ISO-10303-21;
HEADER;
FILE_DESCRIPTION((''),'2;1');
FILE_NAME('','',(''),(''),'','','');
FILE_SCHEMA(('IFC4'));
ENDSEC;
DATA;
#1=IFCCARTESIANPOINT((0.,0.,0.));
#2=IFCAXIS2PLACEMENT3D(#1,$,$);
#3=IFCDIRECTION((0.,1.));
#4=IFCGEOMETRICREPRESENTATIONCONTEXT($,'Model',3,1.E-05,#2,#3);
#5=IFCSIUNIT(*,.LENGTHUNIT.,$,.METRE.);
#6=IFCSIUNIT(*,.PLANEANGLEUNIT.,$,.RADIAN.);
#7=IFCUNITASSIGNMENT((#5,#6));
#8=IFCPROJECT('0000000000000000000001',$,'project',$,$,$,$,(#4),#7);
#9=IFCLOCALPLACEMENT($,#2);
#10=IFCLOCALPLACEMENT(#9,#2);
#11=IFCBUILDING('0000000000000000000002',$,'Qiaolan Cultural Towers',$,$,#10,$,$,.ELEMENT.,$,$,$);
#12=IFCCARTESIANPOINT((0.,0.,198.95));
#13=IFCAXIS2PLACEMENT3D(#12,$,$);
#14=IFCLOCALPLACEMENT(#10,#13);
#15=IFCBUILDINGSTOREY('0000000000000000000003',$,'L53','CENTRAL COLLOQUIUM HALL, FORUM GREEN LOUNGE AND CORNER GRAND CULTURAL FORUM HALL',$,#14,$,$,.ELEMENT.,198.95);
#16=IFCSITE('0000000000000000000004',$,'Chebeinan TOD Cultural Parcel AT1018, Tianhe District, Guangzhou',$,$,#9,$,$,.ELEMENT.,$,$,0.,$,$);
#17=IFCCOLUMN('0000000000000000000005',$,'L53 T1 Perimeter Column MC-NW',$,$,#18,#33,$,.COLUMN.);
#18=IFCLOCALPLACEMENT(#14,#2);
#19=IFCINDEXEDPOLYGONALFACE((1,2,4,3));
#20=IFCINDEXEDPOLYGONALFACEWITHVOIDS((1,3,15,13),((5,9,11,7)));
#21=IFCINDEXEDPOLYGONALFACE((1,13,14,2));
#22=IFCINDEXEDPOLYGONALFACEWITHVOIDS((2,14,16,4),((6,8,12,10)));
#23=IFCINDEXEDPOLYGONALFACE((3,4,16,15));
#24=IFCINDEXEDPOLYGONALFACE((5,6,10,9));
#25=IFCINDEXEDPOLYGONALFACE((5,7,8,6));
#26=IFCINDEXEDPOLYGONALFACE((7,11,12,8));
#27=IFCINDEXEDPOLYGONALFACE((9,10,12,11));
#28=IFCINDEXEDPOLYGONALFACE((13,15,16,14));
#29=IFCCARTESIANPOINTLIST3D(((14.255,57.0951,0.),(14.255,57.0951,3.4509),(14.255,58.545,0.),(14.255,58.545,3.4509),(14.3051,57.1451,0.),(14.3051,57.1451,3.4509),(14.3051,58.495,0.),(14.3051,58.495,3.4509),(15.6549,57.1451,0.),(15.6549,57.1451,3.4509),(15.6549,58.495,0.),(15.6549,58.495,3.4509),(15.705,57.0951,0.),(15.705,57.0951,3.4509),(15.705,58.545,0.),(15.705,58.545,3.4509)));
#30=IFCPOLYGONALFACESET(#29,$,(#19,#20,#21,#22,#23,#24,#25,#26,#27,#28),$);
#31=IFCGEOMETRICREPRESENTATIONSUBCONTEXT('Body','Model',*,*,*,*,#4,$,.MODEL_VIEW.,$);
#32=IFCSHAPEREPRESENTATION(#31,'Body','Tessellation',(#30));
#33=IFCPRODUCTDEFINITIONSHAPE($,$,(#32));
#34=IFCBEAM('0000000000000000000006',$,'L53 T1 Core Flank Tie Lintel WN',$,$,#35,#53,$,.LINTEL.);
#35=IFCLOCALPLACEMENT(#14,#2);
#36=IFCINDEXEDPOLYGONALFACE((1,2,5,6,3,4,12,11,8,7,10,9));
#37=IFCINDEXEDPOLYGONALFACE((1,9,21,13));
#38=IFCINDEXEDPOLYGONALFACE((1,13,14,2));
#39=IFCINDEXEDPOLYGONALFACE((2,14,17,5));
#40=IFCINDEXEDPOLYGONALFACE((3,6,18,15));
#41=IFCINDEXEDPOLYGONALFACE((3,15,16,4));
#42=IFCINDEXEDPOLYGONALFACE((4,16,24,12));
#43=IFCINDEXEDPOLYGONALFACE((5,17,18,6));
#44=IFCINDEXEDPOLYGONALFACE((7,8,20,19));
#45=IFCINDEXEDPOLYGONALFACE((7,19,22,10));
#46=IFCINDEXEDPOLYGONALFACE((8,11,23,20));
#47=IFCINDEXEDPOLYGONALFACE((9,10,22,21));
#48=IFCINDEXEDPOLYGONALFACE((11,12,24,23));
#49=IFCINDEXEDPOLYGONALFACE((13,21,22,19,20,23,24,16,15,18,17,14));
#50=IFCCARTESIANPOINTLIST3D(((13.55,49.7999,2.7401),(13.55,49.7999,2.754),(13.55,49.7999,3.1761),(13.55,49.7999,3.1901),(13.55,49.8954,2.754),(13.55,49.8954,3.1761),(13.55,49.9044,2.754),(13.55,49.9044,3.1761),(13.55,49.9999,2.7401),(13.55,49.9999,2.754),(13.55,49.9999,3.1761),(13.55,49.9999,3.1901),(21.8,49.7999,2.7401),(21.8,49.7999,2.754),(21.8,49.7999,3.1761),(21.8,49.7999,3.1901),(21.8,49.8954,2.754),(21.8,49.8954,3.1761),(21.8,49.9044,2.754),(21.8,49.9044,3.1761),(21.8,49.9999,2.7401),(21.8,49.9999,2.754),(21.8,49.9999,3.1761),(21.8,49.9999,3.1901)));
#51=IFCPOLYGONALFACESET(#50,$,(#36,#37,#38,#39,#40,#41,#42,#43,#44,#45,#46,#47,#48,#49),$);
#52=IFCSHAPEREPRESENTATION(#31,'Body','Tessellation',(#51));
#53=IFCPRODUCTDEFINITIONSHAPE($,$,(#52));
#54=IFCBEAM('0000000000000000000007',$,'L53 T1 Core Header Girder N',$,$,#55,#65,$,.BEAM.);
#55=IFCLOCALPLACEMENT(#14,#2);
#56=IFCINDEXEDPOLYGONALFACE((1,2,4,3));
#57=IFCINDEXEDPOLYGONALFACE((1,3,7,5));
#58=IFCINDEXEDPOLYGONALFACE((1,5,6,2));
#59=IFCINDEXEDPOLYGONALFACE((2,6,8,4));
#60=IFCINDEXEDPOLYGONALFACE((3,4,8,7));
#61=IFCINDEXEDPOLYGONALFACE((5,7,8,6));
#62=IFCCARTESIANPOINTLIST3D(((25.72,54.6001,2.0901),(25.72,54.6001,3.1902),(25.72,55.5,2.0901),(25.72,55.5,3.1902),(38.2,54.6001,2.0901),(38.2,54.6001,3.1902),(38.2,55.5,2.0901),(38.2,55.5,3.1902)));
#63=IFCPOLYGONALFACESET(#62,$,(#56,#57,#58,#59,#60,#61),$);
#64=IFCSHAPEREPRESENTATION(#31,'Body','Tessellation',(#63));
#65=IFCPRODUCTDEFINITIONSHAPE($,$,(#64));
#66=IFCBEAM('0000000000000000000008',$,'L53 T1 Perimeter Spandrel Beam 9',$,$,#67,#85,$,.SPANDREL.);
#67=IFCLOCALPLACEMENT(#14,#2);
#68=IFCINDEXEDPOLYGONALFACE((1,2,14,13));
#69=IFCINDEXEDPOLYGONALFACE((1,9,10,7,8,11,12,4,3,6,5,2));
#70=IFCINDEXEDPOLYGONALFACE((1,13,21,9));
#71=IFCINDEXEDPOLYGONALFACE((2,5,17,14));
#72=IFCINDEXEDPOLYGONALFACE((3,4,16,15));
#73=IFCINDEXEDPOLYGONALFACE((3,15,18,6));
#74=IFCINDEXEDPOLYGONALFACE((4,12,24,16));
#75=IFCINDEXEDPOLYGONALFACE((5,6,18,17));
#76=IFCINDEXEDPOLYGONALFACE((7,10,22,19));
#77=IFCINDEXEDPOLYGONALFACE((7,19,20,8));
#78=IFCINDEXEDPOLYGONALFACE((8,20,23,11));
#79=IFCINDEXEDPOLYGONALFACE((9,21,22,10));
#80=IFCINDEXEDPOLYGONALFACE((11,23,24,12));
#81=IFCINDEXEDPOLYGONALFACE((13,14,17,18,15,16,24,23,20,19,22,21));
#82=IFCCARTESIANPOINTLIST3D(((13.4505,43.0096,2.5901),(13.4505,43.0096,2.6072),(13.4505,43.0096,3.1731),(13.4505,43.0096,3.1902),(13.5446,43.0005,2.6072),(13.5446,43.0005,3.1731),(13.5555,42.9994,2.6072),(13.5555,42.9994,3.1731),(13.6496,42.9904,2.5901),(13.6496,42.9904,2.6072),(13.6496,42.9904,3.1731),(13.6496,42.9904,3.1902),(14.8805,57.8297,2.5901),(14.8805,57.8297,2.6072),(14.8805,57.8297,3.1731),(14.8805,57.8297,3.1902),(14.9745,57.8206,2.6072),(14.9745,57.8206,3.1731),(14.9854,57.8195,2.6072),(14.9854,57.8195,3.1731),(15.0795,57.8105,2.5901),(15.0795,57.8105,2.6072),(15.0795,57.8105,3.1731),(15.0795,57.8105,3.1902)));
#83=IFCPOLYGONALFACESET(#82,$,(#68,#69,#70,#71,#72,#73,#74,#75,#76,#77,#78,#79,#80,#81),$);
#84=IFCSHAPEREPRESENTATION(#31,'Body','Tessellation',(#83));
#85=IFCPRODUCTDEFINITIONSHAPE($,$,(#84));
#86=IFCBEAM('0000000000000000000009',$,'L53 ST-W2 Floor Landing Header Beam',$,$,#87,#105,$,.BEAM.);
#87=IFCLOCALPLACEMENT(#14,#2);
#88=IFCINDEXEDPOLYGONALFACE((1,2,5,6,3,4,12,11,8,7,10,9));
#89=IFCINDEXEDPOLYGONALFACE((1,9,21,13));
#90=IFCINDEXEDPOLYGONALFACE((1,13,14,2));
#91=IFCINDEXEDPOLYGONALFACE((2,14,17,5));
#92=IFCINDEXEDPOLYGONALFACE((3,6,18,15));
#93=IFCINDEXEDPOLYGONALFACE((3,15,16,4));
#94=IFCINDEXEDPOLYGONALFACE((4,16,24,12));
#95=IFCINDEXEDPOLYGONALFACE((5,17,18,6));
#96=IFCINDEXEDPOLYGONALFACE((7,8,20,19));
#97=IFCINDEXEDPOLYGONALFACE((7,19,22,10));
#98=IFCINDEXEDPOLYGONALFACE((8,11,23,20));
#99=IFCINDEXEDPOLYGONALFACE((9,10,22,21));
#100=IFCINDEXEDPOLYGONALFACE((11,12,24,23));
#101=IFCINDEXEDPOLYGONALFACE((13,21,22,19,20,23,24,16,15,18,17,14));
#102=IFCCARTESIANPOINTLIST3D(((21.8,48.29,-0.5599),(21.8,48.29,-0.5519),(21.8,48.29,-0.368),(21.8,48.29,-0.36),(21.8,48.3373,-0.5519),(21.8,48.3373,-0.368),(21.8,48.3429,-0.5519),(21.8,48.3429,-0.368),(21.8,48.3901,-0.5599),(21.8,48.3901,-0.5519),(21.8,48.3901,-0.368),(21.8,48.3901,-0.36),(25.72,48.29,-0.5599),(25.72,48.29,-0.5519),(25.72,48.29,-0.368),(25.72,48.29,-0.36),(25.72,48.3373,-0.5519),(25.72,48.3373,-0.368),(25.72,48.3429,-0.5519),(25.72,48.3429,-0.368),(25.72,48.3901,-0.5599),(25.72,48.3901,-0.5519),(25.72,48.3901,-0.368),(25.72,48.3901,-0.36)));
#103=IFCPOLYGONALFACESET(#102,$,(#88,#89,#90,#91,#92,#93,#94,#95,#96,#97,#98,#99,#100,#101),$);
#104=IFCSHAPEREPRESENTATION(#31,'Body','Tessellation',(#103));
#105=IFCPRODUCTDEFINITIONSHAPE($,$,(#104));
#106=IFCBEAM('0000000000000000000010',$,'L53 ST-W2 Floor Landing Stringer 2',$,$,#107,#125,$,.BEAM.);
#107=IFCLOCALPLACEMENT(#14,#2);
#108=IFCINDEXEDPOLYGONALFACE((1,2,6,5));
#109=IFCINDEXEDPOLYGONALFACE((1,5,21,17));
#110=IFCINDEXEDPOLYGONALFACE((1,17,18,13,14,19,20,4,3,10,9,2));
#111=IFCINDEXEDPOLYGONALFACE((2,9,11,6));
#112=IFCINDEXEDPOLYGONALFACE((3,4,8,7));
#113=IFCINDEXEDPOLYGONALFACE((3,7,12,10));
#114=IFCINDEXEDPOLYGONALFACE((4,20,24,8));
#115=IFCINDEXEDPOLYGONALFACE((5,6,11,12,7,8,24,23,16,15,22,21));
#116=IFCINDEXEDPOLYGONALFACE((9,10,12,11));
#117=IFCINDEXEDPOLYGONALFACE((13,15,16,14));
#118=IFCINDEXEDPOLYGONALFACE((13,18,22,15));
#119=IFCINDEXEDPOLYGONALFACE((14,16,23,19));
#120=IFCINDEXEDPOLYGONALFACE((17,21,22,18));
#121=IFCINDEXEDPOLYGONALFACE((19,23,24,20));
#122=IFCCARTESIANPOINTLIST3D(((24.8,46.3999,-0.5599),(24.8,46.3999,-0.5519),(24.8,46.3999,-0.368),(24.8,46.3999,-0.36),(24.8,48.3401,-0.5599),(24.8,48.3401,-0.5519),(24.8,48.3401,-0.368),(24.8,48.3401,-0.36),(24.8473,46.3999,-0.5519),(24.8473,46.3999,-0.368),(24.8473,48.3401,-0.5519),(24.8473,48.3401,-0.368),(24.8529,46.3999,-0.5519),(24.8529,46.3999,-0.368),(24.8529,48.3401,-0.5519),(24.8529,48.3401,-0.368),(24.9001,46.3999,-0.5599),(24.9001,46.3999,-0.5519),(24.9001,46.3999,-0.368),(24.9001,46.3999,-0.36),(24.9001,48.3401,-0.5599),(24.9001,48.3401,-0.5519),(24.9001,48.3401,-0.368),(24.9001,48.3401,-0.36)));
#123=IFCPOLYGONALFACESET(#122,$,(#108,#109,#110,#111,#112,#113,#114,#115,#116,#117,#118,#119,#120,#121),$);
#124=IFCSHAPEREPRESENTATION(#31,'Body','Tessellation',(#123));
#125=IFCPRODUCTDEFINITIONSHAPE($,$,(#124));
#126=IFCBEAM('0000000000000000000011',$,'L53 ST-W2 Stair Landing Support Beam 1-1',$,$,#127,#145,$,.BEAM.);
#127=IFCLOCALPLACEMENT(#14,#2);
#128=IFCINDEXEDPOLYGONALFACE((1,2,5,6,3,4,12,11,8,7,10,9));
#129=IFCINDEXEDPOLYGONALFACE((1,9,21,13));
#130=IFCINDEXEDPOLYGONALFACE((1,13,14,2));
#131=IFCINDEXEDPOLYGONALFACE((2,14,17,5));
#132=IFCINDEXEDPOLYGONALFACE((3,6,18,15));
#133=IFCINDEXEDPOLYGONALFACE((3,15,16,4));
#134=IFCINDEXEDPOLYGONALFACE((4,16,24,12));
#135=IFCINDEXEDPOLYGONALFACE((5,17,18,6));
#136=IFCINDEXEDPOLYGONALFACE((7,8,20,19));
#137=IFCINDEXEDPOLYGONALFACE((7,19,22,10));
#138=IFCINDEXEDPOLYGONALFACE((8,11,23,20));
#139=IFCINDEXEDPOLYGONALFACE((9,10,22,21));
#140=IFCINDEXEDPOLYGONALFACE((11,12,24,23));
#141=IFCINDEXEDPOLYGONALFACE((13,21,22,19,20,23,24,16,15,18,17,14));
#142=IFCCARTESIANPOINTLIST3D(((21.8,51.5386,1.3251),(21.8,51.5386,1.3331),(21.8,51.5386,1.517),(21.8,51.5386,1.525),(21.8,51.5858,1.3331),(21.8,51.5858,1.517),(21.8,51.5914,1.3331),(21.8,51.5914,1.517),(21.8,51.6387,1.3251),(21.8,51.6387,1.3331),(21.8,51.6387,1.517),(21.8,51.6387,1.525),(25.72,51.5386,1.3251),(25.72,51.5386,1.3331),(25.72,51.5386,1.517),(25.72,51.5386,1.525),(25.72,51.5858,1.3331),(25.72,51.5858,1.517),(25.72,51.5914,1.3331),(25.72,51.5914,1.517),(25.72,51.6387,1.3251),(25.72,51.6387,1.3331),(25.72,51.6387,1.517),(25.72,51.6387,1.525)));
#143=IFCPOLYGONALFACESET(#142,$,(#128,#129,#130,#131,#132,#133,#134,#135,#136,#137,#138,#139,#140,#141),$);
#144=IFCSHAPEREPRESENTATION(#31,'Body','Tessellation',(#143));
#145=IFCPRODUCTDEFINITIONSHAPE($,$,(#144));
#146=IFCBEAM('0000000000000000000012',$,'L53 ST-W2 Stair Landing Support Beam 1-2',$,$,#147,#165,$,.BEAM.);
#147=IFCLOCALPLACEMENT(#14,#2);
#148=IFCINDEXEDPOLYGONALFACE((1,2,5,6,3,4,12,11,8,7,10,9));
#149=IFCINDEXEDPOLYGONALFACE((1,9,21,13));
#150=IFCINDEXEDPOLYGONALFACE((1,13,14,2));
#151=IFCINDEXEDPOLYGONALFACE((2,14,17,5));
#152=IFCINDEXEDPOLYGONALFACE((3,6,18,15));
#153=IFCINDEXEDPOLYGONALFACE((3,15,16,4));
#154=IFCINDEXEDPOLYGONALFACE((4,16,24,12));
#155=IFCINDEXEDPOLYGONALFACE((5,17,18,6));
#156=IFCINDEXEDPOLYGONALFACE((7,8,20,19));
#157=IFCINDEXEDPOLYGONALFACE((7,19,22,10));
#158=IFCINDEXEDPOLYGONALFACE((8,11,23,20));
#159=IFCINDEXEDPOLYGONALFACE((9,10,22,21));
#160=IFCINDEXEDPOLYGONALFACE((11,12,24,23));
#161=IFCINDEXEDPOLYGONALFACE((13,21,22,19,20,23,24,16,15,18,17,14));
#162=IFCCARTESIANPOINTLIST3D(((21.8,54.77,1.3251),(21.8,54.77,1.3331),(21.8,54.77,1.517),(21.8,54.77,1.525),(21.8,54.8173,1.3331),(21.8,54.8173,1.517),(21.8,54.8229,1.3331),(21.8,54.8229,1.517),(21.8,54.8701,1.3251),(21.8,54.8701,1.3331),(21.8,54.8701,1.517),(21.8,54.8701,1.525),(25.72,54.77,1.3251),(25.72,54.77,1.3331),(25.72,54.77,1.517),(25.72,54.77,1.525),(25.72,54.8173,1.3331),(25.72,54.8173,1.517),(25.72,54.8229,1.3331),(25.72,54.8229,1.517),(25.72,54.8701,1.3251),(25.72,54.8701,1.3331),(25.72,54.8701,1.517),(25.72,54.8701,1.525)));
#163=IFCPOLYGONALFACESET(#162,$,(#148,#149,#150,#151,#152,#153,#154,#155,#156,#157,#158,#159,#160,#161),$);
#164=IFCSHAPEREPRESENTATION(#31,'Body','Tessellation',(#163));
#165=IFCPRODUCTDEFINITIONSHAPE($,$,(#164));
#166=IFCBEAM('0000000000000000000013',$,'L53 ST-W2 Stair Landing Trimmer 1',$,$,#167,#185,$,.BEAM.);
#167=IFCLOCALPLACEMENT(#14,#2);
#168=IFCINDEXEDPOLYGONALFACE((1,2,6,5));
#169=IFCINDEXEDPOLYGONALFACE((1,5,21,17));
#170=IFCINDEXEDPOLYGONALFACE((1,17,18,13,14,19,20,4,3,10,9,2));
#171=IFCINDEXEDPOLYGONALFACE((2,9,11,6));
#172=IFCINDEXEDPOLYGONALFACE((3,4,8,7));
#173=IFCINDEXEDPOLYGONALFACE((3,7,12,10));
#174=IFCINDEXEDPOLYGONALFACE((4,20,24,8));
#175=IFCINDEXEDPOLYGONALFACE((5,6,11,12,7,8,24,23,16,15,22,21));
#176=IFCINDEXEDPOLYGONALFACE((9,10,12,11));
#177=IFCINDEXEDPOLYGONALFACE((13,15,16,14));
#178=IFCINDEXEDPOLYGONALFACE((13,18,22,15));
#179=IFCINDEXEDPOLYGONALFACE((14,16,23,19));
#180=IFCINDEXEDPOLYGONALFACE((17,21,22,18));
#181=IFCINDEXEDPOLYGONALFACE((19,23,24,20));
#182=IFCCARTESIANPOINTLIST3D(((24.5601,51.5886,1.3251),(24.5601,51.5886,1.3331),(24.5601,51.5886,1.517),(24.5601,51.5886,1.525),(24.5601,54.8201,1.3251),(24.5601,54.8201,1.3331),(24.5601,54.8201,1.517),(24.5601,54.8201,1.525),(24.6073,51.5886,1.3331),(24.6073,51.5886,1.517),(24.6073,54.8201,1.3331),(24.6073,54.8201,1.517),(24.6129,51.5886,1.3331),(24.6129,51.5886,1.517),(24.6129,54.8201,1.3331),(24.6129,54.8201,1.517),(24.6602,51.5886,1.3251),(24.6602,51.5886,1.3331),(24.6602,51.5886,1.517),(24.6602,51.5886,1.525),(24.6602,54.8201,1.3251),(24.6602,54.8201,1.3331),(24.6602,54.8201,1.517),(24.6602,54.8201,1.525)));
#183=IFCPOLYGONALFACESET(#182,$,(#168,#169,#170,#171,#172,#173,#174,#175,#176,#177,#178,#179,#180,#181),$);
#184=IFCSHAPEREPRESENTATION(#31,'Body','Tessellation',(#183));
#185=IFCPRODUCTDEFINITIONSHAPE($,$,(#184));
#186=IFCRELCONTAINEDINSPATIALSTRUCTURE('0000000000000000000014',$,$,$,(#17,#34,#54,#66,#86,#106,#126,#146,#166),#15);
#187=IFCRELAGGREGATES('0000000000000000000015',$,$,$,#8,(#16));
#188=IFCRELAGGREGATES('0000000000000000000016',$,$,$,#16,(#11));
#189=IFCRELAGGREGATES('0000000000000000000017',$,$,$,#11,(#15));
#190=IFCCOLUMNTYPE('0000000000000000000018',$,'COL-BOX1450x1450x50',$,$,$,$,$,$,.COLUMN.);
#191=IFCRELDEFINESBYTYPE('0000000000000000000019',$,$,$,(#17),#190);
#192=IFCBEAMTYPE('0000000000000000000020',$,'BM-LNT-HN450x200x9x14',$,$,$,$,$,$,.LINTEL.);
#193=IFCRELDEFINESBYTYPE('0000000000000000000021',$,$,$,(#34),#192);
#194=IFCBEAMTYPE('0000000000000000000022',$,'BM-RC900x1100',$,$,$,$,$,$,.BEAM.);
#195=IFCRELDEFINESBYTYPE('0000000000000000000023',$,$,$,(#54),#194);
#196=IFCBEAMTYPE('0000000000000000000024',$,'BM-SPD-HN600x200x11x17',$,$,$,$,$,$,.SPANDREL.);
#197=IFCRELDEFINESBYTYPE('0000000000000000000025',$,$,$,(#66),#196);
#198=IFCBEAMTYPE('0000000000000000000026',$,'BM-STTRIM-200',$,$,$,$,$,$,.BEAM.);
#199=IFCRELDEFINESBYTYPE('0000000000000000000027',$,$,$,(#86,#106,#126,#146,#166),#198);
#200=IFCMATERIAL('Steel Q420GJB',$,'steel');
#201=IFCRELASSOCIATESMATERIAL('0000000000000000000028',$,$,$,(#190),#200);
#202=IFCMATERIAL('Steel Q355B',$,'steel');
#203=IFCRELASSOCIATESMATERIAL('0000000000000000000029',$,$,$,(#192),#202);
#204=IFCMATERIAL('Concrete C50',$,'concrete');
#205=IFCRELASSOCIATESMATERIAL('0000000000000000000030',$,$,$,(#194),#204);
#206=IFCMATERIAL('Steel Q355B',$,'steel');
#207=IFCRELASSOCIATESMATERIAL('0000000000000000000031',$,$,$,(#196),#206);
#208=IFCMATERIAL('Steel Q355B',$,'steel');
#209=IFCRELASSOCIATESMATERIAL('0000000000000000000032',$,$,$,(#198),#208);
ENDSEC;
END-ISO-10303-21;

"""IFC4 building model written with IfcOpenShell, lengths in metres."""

from ifc_helpers import new_model, si_unit, direction, frame, origin, origin_2d, place, context, subcontext, project, spatial, rectangle, hollow_rectangle, i_section, extrude, material, material_profile, profile_set, type_object, element, save


model = new_model("IFC4")

# Units and contexts
model_context = context("Model", 3, precision=1e-05, world=origin(), true_north=direction((0.0, 1.0)))
body_context = subcontext(model_context, "Body", "Model", "MODEL_VIEW")
ifc_project = project(units=[si_unit("LENGTHUNIT", "METRE"), si_unit("PLANEANGLEUNIT", "RADIAN")], contexts=[model_context])

# Site, building, storey
site_placement = place(None, origin())
site = spatial("IfcSite", under=ifc_project, at=site_placement, Name="Chebeinan TOD Cultural Parcel AT1018, Tianhe District, Guangzhou", CompositionType="ELEMENT", RefElevation=0.0)
building_placement = place(site_placement, origin())
building = spatial("IfcBuilding", under=site, at=building_placement, Name="Qiaolan Cultural Towers", CompositionType="ELEMENT")
storey_placement = place(building_placement, frame((0.0, 0.0, 198.95)))
storey = spatial("IfcBuildingStorey", under=building, at=storey_placement, Name="L53", Description="CENTRAL COLLOQUIUM HALL, FORUM GREEN LOUNGE AND CORNER GRAND CULTURAL FORUM HALL", CompositionType="ELEMENT", Elevation=198.95)

# Column
ifc_material_1 = material(Name="Steel Q420GJB", Category="steel")
ifc_material_profile_1 = material_profile(ifc_material_1, hollow_rectangle(XDim=1.45, YDim=1.45, WallThickness=0.05, at=origin_2d()), Name="BOX1450x1450x50")
ifc_profile_set_1 = profile_set([ifc_material_profile_1], Name="Steel Q420GJB")
column_type = type_object("IfcColumnType", Name="COL-BOX1450x1450x50", PredefinedType="COLUMN", material=ifc_profile_set_1)
column_placement = place(storey_placement, frame((14.98, 57.8201, 0.0), z_axis=(0.0, 0.0, 1.0), x_axis=(1.0, 0.0, 0.0)))
element("IfcColumn", 1, at=column_placement, inside=storey, type_object=column_type, Name="L53 T1 Perimeter Column MC-NW", PredefinedType="COLUMN", context=body_context, shape_type="SweptSolid", body=[
    extrude(hollow_rectangle(XDim=1.45, YDim=1.45, WallThickness=0.05, at=origin_2d()), origin(), (0.0, 0.0, 1.0), 3.4509),
])

# Beams
ifc_material_2 = material(Name="Steel Q355B", Category="steel")
ifc_material_profile_2 = material_profile(ifc_material_2, i_section(OverallWidth=0.2, OverallDepth=0.45, WebThickness=0.009, FlangeThickness=0.0139, at=origin_2d()), Name="HN450x200x9x14")
ifc_profile_set_2 = profile_set([ifc_material_profile_2], Name="Steel Q355B")
beam_type_1 = type_object("IfcBeamType", Name="BM-LNT-HN450x200x9x14", PredefinedType="LINTEL", material=ifc_profile_set_2)
beam_1_placement = place(storey_placement, frame((21.8, 49.8999, 2.9651), z_axis=(-1.0, 0.0, 0.0), x_axis=(0.0, -1.0, 0.0)))
element("IfcBeam", 2, at=beam_1_placement, inside=storey, type_object=beam_type_1, Name="L53 T1 Core Flank Tie Lintel WN", PredefinedType="LINTEL", context=body_context, shape_type="SweptSolid", body=[
    extrude(i_section(OverallWidth=0.2, OverallDepth=0.45, WebThickness=0.009, FlangeThickness=0.0139, at=origin_2d()), origin(), (0.0, 0.0, 1.0), 8.25),
])
ifc_material_3 = material(Name="Concrete C50", Category="concrete")
ifc_material_profile_3 = material_profile(ifc_material_3, rectangle(XDim=0.8999, YDim=1.1001, at=origin_2d()), Name="RC900x1100")
ifc_profile_set_3 = profile_set([ifc_material_profile_3], Name="Concrete C50")
beam_type_2 = type_object("IfcBeamType", Name="BM-RC900x1100", PredefinedType="BEAM", material=ifc_profile_set_3)
beam_2_placement = place(storey_placement, frame((25.72, 55.05, 2.6401), z_axis=(1.0, 0.0, 0.0), x_axis=(0.0, 1.0, 0.0)))
element("IfcBeam", 3, at=beam_2_placement, inside=storey, type_object=beam_type_2, Name="L53 T1 Core Header Girder N", PredefinedType="BEAM", context=body_context, shape_type="SweptSolid", body=[
    extrude(rectangle(XDim=0.8999, YDim=1.1001, at=origin_2d()), origin(), (0.0, 0.0, 1.0), 12.48),
])
ifc_material_4 = material(Name="Steel Q355B", Category="steel")
ifc_material_profile_4 = material_profile(ifc_material_4, i_section(OverallWidth=0.2, OverallDepth=0.6001, WebThickness=0.011, FlangeThickness=0.0171, at=origin_2d()), Name="HN600x200x11x17")
ifc_profile_set_4 = profile_set([ifc_material_profile_4], Name="Steel Q355B")
beam_type_3 = type_object("IfcBeamType", Name="BM-SPD-HN600x200x11x17", PredefinedType="SPANDREL", material=ifc_profile_set_4)
beam_3_placement = place(storey_placement, frame((14.98, 57.8201, 2.8901), z_axis=(-0.09604, -0.995377, 0.0), x_axis=(0.995377, -0.09604, 0.0)))
element("IfcBeam", 4, at=beam_3_placement, inside=storey, type_object=beam_type_3, Name="L53 T1 Perimeter Spandrel Beam 9", PredefinedType="SPANDREL", context=body_context, shape_type="SweptSolid", body=[
    extrude(i_section(OverallWidth=0.2, OverallDepth=0.6001, WebThickness=0.011, FlangeThickness=0.0171, at=origin_2d()), origin(), (0.0, 0.0, 1.0), 14.8889),
])
ifc_material_5 = material(Name="Steel Q355B", Category="steel")
ifc_material_profile_5 = material_profile(ifc_material_5, i_section(OverallWidth=0.1001, OverallDepth=0.2, WebThickness=0.0056, FlangeThickness=0.0081, at=origin_2d()), Name="HN200x100x5.5x8")
ifc_profile_set_5 = profile_set([ifc_material_profile_5], Name="Steel Q355B")
beam_type_4 = type_object("IfcBeamType", Name="BM-STTRIM-200", PredefinedType="BEAM", material=ifc_profile_set_5)
beam_4_placement = place(storey_placement, frame((21.8, 48.3401, -0.46), z_axis=(1.0, 0.0, 0.0), x_axis=(0.0, 1.0, 0.0)))
element("IfcBeam", 5, at=beam_4_placement, inside=storey, type_object=beam_type_4, Name="L53 ST-W2 Floor Landing Header Beam", PredefinedType="BEAM", context=body_context, shape_type="SweptSolid", body=[
    extrude(i_section(OverallWidth=0.1001, OverallDepth=0.2, WebThickness=0.0056, FlangeThickness=0.0081, at=origin_2d()), origin(), (0.0, 0.0, 1.0), 3.9199),
])
beam_5_placement = place(storey_placement, frame((24.8501, 46.3999, -0.46), z_axis=(0.0, 1.0, 0.0), x_axis=(-1.0, 0.0, 0.0)))
element("IfcBeam", 6, at=beam_5_placement, inside=storey, type_object=beam_type_4, Name="L53 ST-W2 Floor Landing Stringer 2", PredefinedType="BEAM", context=body_context, shape_type="SweptSolid", body=[
    extrude(i_section(OverallWidth=0.1001, OverallDepth=0.2, WebThickness=0.0056, FlangeThickness=0.0081, at=origin_2d()), origin(), (0.0, 0.0, 1.0), 1.9402),
])
for number, where, z_axis, x_axis, name in (
    (7, (21.8, 51.5886, 1.425), (1.0, 0.0, 0.0), (0.0, 1.0, 0.0), "L53 ST-W2 Stair Landing Support Beam 1-1"),
    (8, (21.8, 54.8201, 1.425), (1.0, 0.0, 0.0), (0.0, 1.0, 0.0), "L53 ST-W2 Stair Landing Support Beam 1-2"),
):
    element("IfcBeam", number, at=place(storey_placement, frame(where, z_axis=z_axis, x_axis=x_axis)), inside=storey, type_object=beam_type_4, Name=name, PredefinedType="BEAM", context=body_context, shape_type="SweptSolid", body=[
        extrude(i_section(OverallWidth=0.1001, OverallDepth=0.2, WebThickness=0.0056, FlangeThickness=0.0081, at=origin_2d()), origin(), (0.0, 0.0, 1.0), 3.9199),
    ])
beam_6_placement = place(storey_placement, frame((24.6101, 51.5886, 1.425), z_axis=(0.0, 1.0, 0.0), x_axis=(-1.0, 0.0, 0.0)))
element("IfcBeam", 9, at=beam_6_placement, inside=storey, type_object=beam_type_4, Name="L53 ST-W2 Stair Landing Trimmer 1", PredefinedType="BEAM", context=body_context, shape_type="SweptSolid", body=[
    extrude(i_section(OverallWidth=0.1001, OverallDepth=0.2, WebThickness=0.0056, FlangeThickness=0.0081, at=origin_2d()), origin(), (0.0, 0.0, 1.0), 3.2314),
])

save(model, "model.ifc")
